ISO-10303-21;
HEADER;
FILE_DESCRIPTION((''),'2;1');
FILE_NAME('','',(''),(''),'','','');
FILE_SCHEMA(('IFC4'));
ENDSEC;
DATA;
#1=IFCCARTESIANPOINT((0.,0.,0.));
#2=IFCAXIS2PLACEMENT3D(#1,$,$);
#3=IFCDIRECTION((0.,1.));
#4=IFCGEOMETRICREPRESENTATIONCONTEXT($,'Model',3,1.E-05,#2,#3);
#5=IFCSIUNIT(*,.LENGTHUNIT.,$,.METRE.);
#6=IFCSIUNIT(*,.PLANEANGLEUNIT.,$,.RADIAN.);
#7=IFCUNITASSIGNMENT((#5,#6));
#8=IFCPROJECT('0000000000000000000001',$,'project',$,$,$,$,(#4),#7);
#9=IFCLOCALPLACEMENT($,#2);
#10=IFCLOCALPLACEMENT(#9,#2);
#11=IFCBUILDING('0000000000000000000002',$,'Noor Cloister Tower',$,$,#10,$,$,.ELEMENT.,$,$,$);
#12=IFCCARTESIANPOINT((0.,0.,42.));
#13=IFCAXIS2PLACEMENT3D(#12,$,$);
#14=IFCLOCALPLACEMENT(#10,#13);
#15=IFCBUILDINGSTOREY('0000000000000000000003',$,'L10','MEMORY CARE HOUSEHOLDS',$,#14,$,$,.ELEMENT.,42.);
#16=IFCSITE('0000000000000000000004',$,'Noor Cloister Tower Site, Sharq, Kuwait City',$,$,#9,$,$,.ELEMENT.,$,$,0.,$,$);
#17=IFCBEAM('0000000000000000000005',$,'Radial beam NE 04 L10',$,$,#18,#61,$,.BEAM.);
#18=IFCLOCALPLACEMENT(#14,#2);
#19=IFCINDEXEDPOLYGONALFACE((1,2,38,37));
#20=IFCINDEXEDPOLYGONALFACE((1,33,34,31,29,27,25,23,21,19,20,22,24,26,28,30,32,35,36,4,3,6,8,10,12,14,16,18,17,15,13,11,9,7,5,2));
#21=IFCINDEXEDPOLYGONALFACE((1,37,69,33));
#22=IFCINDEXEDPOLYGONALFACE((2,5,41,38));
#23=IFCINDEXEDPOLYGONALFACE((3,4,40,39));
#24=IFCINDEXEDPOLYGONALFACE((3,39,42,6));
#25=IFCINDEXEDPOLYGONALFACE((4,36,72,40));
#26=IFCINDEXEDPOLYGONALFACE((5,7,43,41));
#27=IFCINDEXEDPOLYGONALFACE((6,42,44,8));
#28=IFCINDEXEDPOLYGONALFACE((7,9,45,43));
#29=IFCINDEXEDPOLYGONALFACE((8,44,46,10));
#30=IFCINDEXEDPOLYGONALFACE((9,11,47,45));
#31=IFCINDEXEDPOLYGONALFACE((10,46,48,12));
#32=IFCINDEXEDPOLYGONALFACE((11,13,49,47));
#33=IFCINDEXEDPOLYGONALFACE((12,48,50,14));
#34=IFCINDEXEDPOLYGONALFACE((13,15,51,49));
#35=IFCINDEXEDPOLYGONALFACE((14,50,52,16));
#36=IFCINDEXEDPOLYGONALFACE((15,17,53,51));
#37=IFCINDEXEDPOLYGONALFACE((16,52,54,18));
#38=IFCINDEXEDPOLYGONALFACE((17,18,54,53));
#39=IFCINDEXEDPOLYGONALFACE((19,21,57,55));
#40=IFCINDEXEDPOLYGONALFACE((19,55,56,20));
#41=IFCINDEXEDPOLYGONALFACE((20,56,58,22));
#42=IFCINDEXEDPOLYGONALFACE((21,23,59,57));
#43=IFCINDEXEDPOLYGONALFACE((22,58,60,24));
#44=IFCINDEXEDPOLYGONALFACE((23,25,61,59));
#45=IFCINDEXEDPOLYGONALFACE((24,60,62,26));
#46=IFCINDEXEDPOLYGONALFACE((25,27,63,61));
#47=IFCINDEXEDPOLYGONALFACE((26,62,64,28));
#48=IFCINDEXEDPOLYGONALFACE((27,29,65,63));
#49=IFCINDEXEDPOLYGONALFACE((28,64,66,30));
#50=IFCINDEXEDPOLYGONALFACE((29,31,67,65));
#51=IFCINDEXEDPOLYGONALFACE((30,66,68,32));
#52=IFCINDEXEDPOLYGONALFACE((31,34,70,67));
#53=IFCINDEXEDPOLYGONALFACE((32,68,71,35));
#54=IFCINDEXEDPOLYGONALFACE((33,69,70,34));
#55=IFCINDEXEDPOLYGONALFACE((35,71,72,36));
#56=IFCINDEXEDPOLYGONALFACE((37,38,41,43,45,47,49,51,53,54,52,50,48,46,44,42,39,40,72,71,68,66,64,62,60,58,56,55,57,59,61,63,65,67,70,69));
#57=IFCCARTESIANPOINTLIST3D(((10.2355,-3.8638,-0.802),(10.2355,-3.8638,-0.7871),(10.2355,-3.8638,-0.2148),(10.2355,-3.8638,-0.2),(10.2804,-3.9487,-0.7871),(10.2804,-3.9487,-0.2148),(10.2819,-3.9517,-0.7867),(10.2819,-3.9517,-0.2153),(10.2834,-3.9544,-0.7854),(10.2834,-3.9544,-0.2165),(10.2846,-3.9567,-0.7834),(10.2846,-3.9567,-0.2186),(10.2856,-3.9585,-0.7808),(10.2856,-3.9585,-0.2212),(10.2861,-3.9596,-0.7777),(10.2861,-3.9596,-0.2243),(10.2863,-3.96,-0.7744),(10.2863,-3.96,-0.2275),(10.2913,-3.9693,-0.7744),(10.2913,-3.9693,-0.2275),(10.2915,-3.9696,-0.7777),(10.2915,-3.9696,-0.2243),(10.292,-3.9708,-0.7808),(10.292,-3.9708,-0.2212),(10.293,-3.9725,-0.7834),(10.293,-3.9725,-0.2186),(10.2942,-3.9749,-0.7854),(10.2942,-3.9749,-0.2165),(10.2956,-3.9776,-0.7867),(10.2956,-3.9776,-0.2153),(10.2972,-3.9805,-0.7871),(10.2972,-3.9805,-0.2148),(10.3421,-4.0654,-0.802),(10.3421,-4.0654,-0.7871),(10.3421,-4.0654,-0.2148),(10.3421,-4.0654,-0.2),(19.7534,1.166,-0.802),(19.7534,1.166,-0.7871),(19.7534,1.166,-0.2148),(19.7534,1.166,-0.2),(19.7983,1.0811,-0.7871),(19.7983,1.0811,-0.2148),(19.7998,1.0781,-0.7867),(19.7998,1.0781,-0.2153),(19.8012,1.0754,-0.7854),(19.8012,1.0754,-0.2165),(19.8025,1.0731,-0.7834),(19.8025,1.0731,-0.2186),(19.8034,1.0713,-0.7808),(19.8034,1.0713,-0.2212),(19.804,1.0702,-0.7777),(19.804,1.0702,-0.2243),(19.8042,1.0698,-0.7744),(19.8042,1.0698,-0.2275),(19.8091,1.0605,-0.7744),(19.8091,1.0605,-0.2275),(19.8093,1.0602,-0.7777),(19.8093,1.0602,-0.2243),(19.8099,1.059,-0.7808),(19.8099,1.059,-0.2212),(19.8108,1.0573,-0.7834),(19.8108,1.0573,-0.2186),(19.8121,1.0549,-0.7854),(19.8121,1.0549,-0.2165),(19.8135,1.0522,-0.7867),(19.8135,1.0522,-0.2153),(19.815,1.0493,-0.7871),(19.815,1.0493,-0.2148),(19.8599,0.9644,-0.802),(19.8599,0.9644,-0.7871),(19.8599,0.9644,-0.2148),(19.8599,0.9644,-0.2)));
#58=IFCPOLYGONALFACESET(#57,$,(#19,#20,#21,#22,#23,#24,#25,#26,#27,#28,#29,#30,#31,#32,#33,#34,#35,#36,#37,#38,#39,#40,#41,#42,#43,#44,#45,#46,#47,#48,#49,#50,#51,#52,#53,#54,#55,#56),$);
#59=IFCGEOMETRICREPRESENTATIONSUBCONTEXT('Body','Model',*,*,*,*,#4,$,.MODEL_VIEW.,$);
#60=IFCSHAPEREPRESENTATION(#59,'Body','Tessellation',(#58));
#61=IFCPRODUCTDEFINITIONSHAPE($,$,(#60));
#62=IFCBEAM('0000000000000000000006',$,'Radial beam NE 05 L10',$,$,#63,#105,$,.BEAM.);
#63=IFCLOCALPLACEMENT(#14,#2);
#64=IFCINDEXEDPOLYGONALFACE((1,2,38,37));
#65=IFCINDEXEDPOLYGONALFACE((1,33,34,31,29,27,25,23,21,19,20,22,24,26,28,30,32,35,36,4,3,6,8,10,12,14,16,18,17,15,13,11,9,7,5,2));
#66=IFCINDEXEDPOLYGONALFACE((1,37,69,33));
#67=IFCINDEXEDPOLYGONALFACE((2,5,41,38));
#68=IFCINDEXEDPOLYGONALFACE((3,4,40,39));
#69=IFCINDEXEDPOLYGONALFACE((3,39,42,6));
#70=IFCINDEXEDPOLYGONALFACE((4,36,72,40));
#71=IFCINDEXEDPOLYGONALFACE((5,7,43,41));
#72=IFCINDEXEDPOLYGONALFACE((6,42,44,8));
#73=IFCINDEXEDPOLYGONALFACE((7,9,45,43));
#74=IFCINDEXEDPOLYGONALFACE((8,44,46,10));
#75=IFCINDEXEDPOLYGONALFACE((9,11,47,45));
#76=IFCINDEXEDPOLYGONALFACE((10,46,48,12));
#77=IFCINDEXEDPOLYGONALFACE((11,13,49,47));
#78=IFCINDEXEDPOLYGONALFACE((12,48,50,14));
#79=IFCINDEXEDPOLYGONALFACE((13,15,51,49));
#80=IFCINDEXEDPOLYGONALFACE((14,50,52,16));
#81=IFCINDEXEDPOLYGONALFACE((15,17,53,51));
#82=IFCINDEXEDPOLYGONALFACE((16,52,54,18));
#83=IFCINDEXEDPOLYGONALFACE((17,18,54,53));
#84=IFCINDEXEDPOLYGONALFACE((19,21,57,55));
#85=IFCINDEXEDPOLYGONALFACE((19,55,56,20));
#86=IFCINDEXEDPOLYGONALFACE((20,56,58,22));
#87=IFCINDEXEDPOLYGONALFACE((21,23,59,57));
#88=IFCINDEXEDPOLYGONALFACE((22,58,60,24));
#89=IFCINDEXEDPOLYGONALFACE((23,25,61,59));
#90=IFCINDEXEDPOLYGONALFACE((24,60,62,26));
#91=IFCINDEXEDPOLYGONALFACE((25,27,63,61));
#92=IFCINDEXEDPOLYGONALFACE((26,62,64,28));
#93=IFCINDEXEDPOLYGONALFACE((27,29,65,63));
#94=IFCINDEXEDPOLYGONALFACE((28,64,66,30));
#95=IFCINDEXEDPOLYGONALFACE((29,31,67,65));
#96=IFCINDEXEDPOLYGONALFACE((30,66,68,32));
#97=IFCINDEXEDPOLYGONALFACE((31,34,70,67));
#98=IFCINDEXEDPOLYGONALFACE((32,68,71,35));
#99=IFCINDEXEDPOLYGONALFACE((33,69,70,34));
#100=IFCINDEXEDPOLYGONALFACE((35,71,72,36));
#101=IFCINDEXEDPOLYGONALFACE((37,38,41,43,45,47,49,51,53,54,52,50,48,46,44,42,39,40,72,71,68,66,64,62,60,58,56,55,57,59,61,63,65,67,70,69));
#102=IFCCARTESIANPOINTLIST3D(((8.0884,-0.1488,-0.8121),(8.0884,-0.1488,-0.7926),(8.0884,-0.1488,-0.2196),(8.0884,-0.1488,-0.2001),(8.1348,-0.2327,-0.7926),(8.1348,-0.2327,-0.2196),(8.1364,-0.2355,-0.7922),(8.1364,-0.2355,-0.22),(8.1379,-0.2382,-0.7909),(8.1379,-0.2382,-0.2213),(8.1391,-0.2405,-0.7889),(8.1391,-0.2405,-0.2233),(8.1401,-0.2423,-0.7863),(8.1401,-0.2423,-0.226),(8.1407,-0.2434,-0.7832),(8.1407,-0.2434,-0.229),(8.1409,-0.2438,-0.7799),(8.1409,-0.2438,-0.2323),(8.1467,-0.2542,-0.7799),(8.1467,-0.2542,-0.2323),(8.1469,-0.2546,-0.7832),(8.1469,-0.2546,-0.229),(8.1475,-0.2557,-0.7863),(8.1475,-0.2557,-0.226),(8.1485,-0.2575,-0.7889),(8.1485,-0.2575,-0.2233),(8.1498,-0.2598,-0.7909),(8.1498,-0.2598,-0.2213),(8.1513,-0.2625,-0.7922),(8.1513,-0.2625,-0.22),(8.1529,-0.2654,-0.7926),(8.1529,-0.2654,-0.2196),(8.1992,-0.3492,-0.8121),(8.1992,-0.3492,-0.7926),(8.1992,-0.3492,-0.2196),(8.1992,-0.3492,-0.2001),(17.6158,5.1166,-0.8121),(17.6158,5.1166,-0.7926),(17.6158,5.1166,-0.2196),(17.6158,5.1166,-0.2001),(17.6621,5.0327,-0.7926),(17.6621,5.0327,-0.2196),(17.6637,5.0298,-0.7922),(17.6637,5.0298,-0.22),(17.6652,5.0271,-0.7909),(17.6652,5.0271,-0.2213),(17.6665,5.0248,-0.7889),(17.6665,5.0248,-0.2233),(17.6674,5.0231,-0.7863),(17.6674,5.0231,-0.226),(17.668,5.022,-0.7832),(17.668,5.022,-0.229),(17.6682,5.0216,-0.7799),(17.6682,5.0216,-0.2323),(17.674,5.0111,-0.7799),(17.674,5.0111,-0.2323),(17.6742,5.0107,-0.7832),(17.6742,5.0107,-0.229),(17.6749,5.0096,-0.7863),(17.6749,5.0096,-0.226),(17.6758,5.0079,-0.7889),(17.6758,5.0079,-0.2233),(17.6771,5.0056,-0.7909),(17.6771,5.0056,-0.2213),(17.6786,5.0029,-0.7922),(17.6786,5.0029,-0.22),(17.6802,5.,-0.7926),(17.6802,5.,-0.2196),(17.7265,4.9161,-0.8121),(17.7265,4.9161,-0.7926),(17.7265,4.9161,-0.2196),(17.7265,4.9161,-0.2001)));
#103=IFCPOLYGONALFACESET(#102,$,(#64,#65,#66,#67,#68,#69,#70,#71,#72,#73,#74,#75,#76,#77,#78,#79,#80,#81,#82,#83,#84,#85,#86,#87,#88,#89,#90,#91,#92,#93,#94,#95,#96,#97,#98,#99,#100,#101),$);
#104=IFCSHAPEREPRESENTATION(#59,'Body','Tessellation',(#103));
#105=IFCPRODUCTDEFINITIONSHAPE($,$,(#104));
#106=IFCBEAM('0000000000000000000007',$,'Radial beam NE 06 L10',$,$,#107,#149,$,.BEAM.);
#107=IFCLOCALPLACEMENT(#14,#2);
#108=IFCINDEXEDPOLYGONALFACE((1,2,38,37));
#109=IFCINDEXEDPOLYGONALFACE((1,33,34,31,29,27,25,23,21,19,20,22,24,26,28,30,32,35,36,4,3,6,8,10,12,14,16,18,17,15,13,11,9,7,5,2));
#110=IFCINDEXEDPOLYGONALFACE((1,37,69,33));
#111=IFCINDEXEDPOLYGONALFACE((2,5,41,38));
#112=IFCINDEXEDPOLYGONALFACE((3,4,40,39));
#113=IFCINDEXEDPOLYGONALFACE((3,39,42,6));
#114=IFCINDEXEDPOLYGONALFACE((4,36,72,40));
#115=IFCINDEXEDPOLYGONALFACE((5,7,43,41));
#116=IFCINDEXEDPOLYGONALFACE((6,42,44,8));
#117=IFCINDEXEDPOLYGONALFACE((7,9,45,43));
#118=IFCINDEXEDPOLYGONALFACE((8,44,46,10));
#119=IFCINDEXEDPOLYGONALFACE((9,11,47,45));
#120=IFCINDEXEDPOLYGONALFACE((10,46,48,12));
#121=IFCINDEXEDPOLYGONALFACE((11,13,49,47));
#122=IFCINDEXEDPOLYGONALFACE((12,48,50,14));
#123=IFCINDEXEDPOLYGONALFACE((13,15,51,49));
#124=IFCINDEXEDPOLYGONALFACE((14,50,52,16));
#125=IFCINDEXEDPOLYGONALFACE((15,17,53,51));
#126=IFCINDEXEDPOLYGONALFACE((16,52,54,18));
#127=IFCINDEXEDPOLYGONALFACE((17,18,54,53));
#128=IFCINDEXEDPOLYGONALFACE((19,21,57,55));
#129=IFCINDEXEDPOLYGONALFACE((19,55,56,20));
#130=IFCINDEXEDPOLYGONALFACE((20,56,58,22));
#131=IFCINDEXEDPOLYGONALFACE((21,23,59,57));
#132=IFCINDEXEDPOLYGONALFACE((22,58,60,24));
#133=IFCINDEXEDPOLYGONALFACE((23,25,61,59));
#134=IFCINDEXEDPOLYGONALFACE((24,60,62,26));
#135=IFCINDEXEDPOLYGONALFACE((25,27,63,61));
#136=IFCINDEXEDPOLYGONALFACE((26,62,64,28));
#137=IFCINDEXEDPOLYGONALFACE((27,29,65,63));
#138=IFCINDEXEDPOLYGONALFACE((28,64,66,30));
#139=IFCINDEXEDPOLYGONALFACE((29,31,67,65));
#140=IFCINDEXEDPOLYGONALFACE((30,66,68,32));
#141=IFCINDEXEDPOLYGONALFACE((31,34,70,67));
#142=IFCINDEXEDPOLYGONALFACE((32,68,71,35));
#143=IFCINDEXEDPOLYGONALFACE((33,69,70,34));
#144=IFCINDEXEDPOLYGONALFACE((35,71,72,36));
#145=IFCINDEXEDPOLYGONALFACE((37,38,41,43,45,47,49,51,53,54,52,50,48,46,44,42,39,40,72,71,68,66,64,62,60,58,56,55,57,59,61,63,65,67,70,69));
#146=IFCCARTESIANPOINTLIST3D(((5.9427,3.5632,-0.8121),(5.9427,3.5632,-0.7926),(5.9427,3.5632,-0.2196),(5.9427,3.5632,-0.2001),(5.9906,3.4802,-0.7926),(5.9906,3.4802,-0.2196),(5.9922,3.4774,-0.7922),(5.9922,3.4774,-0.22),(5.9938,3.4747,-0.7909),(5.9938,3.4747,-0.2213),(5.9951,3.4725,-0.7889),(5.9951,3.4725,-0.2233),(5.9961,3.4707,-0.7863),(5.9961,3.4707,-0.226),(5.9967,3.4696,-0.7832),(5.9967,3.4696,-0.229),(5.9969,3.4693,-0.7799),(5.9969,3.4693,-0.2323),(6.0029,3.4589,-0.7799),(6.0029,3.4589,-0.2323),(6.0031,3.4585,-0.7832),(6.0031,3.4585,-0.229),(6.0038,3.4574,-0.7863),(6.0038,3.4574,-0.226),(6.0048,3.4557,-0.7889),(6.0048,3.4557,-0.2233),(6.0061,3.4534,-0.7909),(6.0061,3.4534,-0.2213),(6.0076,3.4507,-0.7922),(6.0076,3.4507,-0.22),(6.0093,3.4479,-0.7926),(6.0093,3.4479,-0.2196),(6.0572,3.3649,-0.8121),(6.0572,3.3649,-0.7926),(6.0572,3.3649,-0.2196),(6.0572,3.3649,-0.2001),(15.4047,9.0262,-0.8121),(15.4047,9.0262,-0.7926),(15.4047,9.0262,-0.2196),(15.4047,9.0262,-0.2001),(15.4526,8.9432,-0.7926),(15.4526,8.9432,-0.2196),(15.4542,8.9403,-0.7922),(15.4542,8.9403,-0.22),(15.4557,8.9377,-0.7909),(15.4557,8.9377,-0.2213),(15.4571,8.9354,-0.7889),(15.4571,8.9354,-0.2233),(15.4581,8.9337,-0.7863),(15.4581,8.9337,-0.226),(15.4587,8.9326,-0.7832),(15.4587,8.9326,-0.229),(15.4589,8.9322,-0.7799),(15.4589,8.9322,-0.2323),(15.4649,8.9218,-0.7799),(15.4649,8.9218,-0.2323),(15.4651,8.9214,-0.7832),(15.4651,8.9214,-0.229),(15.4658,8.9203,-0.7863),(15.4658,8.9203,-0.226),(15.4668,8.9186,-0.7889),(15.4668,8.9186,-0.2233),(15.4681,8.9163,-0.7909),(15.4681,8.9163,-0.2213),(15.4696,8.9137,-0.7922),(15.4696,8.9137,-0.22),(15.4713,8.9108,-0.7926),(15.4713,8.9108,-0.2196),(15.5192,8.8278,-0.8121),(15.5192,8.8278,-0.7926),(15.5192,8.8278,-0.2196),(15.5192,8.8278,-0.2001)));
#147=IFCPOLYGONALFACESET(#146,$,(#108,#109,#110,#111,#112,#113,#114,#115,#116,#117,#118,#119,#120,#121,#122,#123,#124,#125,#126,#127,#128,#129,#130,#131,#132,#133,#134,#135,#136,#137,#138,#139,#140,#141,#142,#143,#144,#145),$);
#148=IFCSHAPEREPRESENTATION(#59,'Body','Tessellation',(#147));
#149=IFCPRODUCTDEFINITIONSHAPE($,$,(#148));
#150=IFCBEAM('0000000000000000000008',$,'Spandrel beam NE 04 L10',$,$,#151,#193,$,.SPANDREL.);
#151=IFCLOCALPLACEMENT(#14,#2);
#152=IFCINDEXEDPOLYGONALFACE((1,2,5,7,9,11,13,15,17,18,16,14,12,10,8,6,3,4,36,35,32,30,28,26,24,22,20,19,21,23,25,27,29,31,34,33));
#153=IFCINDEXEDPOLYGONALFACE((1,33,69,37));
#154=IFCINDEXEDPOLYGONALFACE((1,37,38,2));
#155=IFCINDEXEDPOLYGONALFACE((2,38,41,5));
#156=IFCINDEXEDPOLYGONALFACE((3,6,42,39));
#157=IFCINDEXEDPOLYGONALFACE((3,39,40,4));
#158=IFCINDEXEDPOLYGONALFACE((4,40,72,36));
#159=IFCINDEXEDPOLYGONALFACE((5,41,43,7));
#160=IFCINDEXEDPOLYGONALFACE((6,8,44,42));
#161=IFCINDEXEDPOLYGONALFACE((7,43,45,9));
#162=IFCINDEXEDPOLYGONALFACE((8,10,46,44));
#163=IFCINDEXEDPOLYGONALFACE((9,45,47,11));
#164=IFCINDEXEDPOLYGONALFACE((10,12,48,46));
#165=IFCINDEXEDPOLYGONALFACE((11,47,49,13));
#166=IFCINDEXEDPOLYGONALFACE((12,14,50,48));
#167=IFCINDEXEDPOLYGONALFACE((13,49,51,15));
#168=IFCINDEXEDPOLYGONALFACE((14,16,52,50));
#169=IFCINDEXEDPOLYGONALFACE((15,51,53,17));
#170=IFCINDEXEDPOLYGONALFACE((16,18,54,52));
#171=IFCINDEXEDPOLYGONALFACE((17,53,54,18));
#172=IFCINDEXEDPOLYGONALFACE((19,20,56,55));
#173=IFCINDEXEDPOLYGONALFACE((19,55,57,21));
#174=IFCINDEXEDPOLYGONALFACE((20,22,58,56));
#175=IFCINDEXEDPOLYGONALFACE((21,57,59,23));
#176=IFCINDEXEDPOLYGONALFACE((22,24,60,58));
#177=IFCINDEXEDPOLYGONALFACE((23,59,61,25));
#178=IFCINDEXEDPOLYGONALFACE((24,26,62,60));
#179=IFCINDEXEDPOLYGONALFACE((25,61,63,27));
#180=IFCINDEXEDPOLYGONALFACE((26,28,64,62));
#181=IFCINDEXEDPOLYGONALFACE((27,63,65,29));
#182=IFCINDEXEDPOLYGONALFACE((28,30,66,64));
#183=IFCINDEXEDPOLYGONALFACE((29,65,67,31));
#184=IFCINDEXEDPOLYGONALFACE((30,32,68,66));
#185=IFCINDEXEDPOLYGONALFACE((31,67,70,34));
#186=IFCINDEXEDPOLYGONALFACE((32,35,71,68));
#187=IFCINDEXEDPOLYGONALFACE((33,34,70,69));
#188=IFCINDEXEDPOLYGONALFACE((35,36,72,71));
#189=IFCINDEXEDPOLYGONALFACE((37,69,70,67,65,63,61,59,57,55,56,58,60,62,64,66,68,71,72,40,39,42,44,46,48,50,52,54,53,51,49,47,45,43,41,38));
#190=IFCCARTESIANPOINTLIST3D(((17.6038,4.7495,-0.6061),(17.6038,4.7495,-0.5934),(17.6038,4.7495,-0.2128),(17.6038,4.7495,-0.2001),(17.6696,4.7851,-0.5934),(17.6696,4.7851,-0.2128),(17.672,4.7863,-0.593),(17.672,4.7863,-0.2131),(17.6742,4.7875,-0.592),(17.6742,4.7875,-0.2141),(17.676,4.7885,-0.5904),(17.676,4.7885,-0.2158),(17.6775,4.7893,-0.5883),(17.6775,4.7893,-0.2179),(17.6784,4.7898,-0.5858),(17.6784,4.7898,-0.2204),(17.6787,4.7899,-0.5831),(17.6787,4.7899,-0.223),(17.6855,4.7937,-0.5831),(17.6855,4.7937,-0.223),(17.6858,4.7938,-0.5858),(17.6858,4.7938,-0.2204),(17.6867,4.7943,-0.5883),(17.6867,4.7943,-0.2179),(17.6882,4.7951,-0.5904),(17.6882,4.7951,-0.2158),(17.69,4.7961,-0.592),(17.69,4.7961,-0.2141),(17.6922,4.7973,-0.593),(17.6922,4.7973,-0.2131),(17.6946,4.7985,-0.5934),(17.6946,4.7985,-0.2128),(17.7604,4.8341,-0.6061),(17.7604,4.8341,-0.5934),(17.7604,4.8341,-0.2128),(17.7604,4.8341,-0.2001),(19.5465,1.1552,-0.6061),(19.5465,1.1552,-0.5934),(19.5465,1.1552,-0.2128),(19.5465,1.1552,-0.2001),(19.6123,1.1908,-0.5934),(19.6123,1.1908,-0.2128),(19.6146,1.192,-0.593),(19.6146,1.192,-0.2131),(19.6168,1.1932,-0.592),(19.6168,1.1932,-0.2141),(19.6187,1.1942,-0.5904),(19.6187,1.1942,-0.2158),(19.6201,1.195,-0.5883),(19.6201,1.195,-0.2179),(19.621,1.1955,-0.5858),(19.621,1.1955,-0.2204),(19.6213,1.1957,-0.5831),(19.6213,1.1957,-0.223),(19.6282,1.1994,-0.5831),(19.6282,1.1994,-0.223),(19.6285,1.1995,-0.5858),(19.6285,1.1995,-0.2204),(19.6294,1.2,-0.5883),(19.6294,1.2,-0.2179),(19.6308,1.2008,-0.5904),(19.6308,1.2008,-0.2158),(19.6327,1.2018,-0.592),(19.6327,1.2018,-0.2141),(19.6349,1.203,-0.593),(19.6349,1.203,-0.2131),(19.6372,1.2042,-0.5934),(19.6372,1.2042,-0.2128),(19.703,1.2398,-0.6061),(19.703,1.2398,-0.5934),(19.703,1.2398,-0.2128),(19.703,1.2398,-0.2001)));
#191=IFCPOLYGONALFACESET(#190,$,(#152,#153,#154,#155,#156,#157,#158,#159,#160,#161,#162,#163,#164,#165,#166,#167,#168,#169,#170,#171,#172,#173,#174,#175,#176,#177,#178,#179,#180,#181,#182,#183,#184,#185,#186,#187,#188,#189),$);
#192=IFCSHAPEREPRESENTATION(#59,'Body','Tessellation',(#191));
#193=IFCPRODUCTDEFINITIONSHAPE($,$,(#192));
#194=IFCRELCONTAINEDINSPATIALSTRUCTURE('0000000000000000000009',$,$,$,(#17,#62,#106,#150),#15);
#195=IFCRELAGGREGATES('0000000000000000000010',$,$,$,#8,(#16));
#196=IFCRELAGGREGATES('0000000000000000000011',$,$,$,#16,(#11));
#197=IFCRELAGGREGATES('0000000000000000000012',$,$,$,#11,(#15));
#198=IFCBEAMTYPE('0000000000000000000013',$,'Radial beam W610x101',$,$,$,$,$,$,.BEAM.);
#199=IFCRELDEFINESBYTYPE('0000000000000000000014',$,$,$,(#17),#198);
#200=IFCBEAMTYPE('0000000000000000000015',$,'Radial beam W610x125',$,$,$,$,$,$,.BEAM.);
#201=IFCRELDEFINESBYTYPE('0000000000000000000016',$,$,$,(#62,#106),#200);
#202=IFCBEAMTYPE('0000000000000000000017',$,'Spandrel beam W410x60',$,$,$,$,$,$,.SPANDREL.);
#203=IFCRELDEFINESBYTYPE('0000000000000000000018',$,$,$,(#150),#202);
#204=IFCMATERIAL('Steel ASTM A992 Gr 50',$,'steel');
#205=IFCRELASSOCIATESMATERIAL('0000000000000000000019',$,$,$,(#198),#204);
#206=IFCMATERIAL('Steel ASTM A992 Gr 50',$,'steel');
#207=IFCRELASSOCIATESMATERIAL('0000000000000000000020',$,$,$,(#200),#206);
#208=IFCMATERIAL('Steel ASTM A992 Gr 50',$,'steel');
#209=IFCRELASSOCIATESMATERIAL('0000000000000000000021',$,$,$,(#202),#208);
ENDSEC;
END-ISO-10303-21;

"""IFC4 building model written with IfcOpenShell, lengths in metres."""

from ifc_helpers import new_model, si_unit, direction, frame, origin, origin_2d, place, context, subcontext, project, spatial, i_section, extrude, material, material_profile, profile_set, type_object, element, save


model = new_model("IFC4")

# Units and contexts
model_context = context("Model", 3, precision=1e-05, world=origin(), true_north=direction((0.0, 1.0)))
body_context = subcontext(model_context, "Body", "Model", "MODEL_VIEW")
ifc_project = project(units=[si_unit("LENGTHUNIT", "METRE"), si_unit("PLANEANGLEUNIT", "RADIAN")], contexts=[model_context])

# Site, building, storey
site_placement = place(None, origin())
site = spatial("IfcSite", under=ifc_project, at=site_placement, Name="Noor Cloister Tower Site, Sharq, Kuwait City", CompositionType="ELEMENT", RefElevation=0.0)
building_placement = place(site_placement, origin())
building = spatial("IfcBuilding", under=site, at=building_placement, Name="Noor Cloister Tower", CompositionType="ELEMENT")
storey_placement = place(building_placement, frame((0.0, 0.0, 42.0)))
storey = spatial("IfcBuildingStorey", under=building, at=storey_placement, Name="L10", Description="MEMORY CARE HOUSEHOLDS", CompositionType="ELEMENT", Elevation=42.0)

# Beams
ifc_material_1 = material(Name="Steel ASTM A992 Gr 50", Category="steel")
ifc_material_profile_1 = material_profile(ifc_material_1, i_section(OverallWidth=0.228, OverallDepth=0.6021, WebThickness=0.0105, FlangeThickness=0.0149, FilletRadius=0.0127, at=origin_2d()), Name="W610x101")
ifc_profile_set_1 = profile_set([ifc_material_profile_1], Name="Steel ASTM A992 Gr 50")
beam_type_1 = type_object("IfcBeamType", Name="Radial beam W610x101", PredefinedType="BEAM", material=ifc_profile_set_1)
beam_1_placement = place(storey_placement, frame((19.8066, 1.0652, -0.501), z_axis=(-0.884136, -0.46723, 0.0), x_axis=(0.46723, -0.884136, 0.0)))
element("IfcBeam", 1, at=beam_1_placement, inside=storey, type_object=beam_type_1, Name="Radial beam NE 04 L10", PredefinedType="BEAM", context=body_context, shape_type="SweptSolid", body=[
    extrude(i_section(OverallWidth=0.228, OverallDepth=0.6021, WebThickness=0.0105, FlangeThickness=0.0149, FilletRadius=0.0127, at=origin_2d()), origin(), (0.0, 0.0, 1.0), 10.7651),
])
ifc_material_2 = material(Name="Steel ASTM A992 Gr 50", Category="steel")
ifc_material_profile_2 = material_profile(ifc_material_2, i_section(OverallWidth=0.229, OverallDepth=0.6121, WebThickness=0.012, FlangeThickness=0.0195, FilletRadius=0.0127, at=origin_2d()), Name="W610x125")
ifc_profile_set_2 = profile_set([ifc_material_profile_2], Name="Steel ASTM A992 Gr 50")
beam_type_2 = type_object("IfcBeamType", Name="Radial beam W610x125", PredefinedType="BEAM", material=ifc_profile_set_2)
beam_2_placement = place(storey_placement, frame((17.6711, 5.0164, -0.5061), z_axis=(-0.875231, -0.483705, 0.0), x_axis=(0.483705, -0.875231, 0.0)))
element("IfcBeam", 2, at=beam_2_placement, inside=storey, type_object=beam_type_2, Name="Radial beam NE 05 L10", PredefinedType="BEAM", context=body_context, shape_type="SweptSolid", body=[
    extrude(i_section(OverallWidth=0.229, OverallDepth=0.6121, WebThickness=0.012, FlangeThickness=0.0195, FilletRadius=0.0127, at=origin_2d()), origin(), (0.0, 0.0, 1.0), 10.8855),
])
beam_3_placement = place(storey_placement, frame((15.4619, 8.927, -0.5061), z_axis=(-0.866023, -0.500004, 0.0), x_axis=(0.500004, -0.866023, 0.0)))
element("IfcBeam", 3, at=beam_3_placement, inside=storey, type_object=beam_type_2, Name="Radial beam NE 06 L10", PredefinedType="BEAM", context=body_context, shape_type="SweptSolid", body=[
    extrude(i_section(OverallWidth=0.229, OverallDepth=0.6121, WebThickness=0.012, FlangeThickness=0.0195, FilletRadius=0.0127, at=origin_2d()), origin(), (0.0, 0.0, 1.0), 10.9258),
])
ifc_material_3 = material(Name="Steel ASTM A992 Gr 50", Category="steel")
ifc_material_profile_3 = material_profile(ifc_material_3, i_section(OverallWidth=0.178, OverallDepth=0.406, WebThickness=0.0078, FlangeThickness=0.0127, FilletRadius=0.0103, at=origin_2d()), Name="W410x60")
ifc_profile_set_3 = profile_set([ifc_material_profile_3], Name="Steel ASTM A992 Gr 50")
beam_type_3 = type_object("IfcBeamType", Name="Spandrel beam W410x60", PredefinedType="SPANDREL", material=ifc_profile_set_3)
for number, where, z_axis, x_axis, name in (
    (4, (19.6248, 1.1975, -0.4031), (-0.475478, 0.879727, 0.0), (-0.879727, -0.475478, 0.0), "Spandrel beam NE 04 L10"),
):
    element("IfcBeam", number, at=place(storey_placement, frame(where, z_axis=z_axis, x_axis=x_axis)), inside=storey, type_object=beam_type_3, Name=name, PredefinedType="SPANDREL", context=body_context, shape_type="SweptSolid", body=[
        extrude(i_section(OverallWidth=0.178, OverallDepth=0.406, WebThickness=0.0078, FlangeThickness=0.0127, FilletRadius=0.0103, at=origin_2d()), origin(), (0.0, 0.0, 1.0), 4.0857),
    ])

save(model, "model.ifc")
